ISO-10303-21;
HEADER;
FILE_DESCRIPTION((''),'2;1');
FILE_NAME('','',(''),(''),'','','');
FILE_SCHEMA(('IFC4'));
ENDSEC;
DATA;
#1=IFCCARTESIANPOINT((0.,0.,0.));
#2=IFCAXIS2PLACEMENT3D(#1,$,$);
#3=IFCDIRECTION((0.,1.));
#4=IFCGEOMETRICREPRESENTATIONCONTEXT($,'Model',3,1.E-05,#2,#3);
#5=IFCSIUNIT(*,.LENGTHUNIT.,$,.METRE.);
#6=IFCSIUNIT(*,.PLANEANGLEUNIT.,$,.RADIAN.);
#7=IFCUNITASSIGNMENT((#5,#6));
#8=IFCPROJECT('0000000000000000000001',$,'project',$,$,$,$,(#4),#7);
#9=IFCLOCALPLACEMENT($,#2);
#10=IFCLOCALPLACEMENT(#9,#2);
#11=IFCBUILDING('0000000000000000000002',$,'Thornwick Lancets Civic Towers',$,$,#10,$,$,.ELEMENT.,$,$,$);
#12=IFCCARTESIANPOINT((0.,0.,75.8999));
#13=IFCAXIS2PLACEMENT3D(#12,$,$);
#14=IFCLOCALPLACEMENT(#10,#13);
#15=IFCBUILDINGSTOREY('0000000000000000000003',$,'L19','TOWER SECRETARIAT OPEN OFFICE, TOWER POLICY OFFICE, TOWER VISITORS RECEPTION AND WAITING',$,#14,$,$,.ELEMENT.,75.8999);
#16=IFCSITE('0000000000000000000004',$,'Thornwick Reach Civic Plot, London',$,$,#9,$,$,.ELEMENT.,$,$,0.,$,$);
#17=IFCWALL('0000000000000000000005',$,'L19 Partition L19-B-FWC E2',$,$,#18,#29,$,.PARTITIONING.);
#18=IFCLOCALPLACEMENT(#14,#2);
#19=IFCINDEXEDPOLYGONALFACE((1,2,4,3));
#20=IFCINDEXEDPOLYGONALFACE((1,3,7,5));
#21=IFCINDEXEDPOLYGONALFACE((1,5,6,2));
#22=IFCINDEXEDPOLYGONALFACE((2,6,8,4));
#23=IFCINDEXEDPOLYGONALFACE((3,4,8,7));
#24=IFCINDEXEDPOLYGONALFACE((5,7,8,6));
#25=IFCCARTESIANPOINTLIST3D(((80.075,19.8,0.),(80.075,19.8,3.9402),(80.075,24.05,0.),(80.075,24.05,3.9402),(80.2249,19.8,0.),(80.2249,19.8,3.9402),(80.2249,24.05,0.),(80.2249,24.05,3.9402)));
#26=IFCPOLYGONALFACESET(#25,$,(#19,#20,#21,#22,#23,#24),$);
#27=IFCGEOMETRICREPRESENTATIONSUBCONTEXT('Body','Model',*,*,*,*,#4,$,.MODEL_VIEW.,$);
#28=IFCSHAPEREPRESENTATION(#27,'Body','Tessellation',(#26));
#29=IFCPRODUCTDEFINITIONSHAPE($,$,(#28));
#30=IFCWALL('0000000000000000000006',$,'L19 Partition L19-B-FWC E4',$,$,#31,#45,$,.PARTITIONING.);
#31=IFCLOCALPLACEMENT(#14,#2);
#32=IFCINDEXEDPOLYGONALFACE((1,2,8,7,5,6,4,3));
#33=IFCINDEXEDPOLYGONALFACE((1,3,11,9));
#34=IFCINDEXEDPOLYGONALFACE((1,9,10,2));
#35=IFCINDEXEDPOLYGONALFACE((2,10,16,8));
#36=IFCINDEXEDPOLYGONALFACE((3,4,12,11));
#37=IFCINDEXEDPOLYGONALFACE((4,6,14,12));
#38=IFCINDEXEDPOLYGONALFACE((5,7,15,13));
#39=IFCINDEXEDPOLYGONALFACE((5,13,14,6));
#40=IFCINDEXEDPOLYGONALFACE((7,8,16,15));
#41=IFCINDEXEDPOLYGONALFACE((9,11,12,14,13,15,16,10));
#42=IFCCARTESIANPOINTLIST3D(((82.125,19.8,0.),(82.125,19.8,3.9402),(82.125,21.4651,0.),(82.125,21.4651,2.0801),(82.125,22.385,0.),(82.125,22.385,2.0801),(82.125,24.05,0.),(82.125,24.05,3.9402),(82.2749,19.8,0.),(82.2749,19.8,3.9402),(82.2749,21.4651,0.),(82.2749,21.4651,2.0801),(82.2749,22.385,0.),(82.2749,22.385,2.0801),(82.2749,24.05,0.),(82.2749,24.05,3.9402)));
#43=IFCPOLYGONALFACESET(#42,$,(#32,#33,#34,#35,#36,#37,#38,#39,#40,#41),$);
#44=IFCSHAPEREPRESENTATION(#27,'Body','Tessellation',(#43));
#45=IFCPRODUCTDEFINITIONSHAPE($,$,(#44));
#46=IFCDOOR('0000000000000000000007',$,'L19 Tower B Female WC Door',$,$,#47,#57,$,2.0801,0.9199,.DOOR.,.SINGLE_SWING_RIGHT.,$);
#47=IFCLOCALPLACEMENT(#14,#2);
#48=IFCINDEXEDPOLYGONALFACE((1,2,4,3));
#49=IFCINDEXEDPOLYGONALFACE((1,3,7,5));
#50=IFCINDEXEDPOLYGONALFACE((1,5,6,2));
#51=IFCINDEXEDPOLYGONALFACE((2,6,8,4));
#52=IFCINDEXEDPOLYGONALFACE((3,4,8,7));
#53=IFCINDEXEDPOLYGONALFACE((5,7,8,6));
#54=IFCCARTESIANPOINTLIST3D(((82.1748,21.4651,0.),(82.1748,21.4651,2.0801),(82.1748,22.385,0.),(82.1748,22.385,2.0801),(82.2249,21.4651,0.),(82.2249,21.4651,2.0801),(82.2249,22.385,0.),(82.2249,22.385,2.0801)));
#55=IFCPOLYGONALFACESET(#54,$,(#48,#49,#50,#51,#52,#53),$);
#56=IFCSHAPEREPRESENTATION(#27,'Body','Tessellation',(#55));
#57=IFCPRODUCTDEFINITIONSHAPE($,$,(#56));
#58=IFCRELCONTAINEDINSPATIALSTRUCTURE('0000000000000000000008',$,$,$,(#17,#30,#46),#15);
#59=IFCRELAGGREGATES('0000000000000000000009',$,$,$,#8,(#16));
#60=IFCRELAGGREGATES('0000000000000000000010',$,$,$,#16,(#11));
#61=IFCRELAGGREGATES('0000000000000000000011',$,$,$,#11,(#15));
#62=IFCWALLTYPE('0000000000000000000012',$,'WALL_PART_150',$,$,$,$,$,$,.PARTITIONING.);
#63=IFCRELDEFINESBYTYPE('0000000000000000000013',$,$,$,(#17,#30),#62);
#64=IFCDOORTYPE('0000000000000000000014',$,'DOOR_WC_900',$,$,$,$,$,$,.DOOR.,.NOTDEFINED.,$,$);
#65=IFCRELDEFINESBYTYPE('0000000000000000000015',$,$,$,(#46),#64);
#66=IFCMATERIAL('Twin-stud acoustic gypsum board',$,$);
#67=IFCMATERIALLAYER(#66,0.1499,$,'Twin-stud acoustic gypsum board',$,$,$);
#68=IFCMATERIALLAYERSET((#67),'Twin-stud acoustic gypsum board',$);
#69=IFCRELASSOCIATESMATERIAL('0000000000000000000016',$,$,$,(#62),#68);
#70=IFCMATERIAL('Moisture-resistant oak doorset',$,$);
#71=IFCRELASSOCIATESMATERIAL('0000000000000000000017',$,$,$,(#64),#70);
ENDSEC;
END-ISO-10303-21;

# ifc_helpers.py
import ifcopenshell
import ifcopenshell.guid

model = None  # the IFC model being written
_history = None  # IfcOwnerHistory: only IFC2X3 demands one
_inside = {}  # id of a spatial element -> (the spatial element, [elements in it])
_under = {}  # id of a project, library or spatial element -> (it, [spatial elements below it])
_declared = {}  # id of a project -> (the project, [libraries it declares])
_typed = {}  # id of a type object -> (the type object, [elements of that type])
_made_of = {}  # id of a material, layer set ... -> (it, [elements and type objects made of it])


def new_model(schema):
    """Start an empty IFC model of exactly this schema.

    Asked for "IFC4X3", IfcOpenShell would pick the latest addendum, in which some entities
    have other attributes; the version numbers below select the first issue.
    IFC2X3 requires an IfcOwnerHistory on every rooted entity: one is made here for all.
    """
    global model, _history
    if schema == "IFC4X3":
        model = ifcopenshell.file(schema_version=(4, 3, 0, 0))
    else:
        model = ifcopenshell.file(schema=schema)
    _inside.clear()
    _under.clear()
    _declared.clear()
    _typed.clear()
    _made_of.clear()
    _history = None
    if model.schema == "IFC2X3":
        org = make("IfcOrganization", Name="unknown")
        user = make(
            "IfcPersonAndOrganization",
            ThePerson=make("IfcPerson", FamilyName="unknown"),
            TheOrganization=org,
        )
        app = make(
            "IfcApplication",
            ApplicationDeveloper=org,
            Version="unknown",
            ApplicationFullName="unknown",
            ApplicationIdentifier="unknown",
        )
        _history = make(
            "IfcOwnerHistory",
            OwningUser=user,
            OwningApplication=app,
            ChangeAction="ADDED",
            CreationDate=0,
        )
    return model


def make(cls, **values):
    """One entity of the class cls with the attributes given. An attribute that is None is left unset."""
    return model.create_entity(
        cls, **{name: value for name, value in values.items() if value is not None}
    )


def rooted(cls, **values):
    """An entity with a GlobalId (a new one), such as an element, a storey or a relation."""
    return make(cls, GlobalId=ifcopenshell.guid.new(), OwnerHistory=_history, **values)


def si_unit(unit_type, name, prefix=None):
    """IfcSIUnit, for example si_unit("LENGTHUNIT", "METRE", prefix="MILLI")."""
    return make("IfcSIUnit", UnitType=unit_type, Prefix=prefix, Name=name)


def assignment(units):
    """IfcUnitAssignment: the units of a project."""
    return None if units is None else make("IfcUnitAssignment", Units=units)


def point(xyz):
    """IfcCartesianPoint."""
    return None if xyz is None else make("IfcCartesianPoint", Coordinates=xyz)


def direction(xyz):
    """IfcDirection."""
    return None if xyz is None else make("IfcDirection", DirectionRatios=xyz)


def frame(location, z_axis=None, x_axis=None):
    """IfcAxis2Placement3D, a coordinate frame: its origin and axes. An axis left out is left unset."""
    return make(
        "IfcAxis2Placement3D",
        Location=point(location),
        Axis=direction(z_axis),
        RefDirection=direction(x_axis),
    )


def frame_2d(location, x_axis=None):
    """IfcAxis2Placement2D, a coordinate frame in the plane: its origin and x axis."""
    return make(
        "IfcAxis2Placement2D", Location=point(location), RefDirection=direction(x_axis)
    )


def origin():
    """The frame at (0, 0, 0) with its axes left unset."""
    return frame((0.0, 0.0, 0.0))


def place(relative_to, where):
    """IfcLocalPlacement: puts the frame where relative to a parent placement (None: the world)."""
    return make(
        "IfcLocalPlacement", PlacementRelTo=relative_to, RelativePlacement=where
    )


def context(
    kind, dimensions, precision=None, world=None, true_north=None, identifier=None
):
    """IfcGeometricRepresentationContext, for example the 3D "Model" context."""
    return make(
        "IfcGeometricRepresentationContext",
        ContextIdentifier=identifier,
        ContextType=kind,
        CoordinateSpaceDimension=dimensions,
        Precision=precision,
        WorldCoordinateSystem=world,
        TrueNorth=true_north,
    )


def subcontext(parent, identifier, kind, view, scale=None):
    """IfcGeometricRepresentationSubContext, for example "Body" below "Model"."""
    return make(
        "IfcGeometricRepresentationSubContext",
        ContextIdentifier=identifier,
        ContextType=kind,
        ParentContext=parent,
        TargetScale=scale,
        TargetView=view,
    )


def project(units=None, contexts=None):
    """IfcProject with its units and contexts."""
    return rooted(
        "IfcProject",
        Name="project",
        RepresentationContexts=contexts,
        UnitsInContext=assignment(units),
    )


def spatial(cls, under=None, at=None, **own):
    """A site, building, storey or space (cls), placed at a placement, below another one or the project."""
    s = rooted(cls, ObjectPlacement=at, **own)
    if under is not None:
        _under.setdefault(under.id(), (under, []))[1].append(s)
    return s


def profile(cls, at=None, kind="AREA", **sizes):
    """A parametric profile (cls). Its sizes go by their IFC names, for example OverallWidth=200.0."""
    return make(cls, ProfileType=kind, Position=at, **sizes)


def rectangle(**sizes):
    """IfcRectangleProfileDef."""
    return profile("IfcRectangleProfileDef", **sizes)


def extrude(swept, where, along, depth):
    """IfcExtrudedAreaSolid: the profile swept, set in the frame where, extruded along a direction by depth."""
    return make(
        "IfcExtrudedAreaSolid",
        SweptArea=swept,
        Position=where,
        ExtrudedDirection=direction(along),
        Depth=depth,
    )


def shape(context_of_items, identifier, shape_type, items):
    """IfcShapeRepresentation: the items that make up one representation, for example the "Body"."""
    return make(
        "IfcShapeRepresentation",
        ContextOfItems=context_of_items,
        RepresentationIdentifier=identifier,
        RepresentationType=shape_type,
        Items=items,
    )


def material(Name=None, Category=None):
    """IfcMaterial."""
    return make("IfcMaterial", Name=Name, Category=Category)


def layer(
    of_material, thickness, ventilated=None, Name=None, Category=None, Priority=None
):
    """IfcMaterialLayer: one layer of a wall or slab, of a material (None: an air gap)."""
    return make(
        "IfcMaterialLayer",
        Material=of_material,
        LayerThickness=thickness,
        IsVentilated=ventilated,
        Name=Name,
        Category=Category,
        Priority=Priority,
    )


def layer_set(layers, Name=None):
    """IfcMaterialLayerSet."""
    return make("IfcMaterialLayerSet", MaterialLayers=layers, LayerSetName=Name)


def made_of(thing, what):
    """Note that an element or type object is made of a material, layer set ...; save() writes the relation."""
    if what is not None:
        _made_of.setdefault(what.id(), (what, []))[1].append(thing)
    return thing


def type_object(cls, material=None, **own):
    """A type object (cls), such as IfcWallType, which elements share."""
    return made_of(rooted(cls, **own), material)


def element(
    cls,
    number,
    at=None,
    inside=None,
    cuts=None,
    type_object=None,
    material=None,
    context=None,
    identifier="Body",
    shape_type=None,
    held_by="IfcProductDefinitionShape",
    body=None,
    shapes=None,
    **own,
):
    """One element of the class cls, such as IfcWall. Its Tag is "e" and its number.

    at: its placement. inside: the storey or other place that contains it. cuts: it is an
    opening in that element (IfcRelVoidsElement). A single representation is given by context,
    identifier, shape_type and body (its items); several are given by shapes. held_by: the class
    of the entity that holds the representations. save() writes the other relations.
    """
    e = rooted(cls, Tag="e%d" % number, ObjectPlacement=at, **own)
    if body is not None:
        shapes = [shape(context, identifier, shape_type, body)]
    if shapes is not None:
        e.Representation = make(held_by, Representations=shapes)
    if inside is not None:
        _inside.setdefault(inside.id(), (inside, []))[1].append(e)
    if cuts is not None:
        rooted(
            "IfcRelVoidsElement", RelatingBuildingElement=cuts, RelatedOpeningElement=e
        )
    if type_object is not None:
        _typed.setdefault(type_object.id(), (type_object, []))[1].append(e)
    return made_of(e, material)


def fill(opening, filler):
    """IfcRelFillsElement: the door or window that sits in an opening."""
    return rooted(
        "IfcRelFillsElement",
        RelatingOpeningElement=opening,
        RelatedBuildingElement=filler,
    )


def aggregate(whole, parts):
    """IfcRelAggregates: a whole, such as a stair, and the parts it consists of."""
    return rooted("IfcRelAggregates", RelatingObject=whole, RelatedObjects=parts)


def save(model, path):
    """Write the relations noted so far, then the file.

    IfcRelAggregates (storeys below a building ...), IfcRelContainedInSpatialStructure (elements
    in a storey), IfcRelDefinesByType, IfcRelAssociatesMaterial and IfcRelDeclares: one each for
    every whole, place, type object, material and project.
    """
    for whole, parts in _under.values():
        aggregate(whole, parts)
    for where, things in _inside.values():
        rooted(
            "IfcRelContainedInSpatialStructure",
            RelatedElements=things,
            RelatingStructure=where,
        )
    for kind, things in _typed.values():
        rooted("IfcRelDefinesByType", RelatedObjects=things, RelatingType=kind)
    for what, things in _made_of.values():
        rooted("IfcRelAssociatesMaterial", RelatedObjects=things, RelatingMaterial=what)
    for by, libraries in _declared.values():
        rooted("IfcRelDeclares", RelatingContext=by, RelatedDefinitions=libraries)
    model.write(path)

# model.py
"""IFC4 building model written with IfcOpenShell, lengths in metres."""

from ifc_helpers import new_model, si_unit, direction, frame, frame_2d, origin, place, context, subcontext, project, spatial, rectangle, extrude, material, layer, layer_set, type_object, element, fill, save


model = new_model("IFC4")

# Units and contexts
model_context = context("Model", 3, precision=1e-05, world=origin(), true_north=direction((0.0, 1.0)))
body_context = subcontext(model_context, "Body", "Model", "MODEL_VIEW")
ifc_project = project(units=[si_unit("LENGTHUNIT", "METRE"), si_unit("PLANEANGLEUNIT", "RADIAN")], contexts=[model_context])

# Site, building, storey
site_placement = place(None, origin())
site = spatial("IfcSite", under=ifc_project, at=site_placement, Name="Thornwick Reach Civic Plot, London", CompositionType="ELEMENT", RefElevation=0.0)
building_placement = place(site_placement, origin())
building = spatial("IfcBuilding", under=site, at=building_placement, Name="Thornwick Lancets Civic Towers", CompositionType="ELEMENT")
storey_placement = place(building_placement, frame((0.0, 0.0, 75.8999)))
storey = spatial("IfcBuildingStorey", under=building, at=storey_placement, Name="L19", Description="TOWER SECRETARIAT OPEN OFFICE, TOWER POLICY OFFICE, TOWER VISITORS RECEPTION AND WAITING", CompositionType="ELEMENT", Elevation=75.8999)

# Wall
ifc_material_1 = material(Name="Twin-stud acoustic gypsum board")
ifc_layer_1 = layer(ifc_material_1, 0.1499, Name="Twin-stud acoustic gypsum board")
ifc_layer_set_1 = layer_set([ifc_layer_1], Name="Twin-stud acoustic gypsum board")
wall_type_1 = type_object("IfcWallType", Name="WALL_PART_150", PredefinedType="PARTITIONING", material=ifc_layer_set_1)
wall_1_placement = place(storey_placement, frame((80.1499, 19.8, 0.0), z_axis=(0.0, 0.0, 1.0), x_axis=(0.0, 1.0, 0.0)))
element("IfcWall", 1, at=wall_1_placement, inside=storey, type_object=wall_type_1, Name="L19 Partition L19-B-FWC E2", PredefinedType="PARTITIONING", context=body_context, shape_type="SweptSolid", body=[
    extrude(rectangle(XDim=4.25, YDim=0.1499, at=frame_2d((2.125, 0.0))), origin(), (0.0, 0.0, 1.0), 3.9402),
])

# Wall, opening, door
wall_2_placement = place(storey_placement, frame((82.2, 24.05, 0.0), z_axis=(0.0, 0.0, 1.0), x_axis=(0.0, -1.0, 0.0)))
wall_2 = element("IfcWall", 2, at=wall_2_placement, inside=storey, type_object=wall_type_1, Name="L19 Partition L19-B-FWC E4", PredefinedType="PARTITIONING", context=body_context, shape_type="SweptSolid", body=[
    extrude(rectangle(XDim=4.25, YDim=0.1499, at=frame_2d((2.125, 0.0))), origin(), (0.0, 0.0, 1.0), 3.9402),
])
opening_1_placement = place(wall_2_placement, frame((1.665, 0.0, 0.0)))
opening_1 = element("IfcOpeningElement", 3, at=opening_1_placement, cuts=wall_2, PredefinedType="OPENING", context=body_context, shape_type="SweptSolid", body=[
    extrude(rectangle(XDim=0.9199, YDim=2.0801, at=frame_2d((0.46, 1.04))), frame((0.0, 0.085, 0.0), z_axis=(0.0, -1.0, 0.0), x_axis=(1.0, 0.0, 0.0)), (0.0, 0.0, 1.0), 0.1699),
])
ifc_material_2 = material(Name="Moisture-resistant oak doorset")
door_type_1 = type_object("IfcDoorType", Name="DOOR_WC_900", OperationType="NOTDEFINED", PredefinedType="DOOR", material=ifc_material_2)
door_1_placement = place(opening_1_placement, origin())
door_1 = element("IfcDoor", 4, at=door_1_placement, inside=storey, type_object=door_type_1, Name="L19 Tower B Female WC Door", OperationType="SINGLE_SWING_RIGHT", OverallHeight=2.0801, OverallWidth=0.9199, PredefinedType="DOOR", context=body_context, shape_type="SweptSolid", body=[
    extrude(rectangle(XDim=0.9199, YDim=2.0801, at=frame_2d((0.46, 1.04))), frame((0.0, 0.0249, 0.0), z_axis=(0.0, -1.0, 0.0), x_axis=(1.0, 0.0, 0.0)), (0.0, 0.0, 1.0), 0.05),
])
fill(opening_1, door_1)

save(model, "model.ifc")
